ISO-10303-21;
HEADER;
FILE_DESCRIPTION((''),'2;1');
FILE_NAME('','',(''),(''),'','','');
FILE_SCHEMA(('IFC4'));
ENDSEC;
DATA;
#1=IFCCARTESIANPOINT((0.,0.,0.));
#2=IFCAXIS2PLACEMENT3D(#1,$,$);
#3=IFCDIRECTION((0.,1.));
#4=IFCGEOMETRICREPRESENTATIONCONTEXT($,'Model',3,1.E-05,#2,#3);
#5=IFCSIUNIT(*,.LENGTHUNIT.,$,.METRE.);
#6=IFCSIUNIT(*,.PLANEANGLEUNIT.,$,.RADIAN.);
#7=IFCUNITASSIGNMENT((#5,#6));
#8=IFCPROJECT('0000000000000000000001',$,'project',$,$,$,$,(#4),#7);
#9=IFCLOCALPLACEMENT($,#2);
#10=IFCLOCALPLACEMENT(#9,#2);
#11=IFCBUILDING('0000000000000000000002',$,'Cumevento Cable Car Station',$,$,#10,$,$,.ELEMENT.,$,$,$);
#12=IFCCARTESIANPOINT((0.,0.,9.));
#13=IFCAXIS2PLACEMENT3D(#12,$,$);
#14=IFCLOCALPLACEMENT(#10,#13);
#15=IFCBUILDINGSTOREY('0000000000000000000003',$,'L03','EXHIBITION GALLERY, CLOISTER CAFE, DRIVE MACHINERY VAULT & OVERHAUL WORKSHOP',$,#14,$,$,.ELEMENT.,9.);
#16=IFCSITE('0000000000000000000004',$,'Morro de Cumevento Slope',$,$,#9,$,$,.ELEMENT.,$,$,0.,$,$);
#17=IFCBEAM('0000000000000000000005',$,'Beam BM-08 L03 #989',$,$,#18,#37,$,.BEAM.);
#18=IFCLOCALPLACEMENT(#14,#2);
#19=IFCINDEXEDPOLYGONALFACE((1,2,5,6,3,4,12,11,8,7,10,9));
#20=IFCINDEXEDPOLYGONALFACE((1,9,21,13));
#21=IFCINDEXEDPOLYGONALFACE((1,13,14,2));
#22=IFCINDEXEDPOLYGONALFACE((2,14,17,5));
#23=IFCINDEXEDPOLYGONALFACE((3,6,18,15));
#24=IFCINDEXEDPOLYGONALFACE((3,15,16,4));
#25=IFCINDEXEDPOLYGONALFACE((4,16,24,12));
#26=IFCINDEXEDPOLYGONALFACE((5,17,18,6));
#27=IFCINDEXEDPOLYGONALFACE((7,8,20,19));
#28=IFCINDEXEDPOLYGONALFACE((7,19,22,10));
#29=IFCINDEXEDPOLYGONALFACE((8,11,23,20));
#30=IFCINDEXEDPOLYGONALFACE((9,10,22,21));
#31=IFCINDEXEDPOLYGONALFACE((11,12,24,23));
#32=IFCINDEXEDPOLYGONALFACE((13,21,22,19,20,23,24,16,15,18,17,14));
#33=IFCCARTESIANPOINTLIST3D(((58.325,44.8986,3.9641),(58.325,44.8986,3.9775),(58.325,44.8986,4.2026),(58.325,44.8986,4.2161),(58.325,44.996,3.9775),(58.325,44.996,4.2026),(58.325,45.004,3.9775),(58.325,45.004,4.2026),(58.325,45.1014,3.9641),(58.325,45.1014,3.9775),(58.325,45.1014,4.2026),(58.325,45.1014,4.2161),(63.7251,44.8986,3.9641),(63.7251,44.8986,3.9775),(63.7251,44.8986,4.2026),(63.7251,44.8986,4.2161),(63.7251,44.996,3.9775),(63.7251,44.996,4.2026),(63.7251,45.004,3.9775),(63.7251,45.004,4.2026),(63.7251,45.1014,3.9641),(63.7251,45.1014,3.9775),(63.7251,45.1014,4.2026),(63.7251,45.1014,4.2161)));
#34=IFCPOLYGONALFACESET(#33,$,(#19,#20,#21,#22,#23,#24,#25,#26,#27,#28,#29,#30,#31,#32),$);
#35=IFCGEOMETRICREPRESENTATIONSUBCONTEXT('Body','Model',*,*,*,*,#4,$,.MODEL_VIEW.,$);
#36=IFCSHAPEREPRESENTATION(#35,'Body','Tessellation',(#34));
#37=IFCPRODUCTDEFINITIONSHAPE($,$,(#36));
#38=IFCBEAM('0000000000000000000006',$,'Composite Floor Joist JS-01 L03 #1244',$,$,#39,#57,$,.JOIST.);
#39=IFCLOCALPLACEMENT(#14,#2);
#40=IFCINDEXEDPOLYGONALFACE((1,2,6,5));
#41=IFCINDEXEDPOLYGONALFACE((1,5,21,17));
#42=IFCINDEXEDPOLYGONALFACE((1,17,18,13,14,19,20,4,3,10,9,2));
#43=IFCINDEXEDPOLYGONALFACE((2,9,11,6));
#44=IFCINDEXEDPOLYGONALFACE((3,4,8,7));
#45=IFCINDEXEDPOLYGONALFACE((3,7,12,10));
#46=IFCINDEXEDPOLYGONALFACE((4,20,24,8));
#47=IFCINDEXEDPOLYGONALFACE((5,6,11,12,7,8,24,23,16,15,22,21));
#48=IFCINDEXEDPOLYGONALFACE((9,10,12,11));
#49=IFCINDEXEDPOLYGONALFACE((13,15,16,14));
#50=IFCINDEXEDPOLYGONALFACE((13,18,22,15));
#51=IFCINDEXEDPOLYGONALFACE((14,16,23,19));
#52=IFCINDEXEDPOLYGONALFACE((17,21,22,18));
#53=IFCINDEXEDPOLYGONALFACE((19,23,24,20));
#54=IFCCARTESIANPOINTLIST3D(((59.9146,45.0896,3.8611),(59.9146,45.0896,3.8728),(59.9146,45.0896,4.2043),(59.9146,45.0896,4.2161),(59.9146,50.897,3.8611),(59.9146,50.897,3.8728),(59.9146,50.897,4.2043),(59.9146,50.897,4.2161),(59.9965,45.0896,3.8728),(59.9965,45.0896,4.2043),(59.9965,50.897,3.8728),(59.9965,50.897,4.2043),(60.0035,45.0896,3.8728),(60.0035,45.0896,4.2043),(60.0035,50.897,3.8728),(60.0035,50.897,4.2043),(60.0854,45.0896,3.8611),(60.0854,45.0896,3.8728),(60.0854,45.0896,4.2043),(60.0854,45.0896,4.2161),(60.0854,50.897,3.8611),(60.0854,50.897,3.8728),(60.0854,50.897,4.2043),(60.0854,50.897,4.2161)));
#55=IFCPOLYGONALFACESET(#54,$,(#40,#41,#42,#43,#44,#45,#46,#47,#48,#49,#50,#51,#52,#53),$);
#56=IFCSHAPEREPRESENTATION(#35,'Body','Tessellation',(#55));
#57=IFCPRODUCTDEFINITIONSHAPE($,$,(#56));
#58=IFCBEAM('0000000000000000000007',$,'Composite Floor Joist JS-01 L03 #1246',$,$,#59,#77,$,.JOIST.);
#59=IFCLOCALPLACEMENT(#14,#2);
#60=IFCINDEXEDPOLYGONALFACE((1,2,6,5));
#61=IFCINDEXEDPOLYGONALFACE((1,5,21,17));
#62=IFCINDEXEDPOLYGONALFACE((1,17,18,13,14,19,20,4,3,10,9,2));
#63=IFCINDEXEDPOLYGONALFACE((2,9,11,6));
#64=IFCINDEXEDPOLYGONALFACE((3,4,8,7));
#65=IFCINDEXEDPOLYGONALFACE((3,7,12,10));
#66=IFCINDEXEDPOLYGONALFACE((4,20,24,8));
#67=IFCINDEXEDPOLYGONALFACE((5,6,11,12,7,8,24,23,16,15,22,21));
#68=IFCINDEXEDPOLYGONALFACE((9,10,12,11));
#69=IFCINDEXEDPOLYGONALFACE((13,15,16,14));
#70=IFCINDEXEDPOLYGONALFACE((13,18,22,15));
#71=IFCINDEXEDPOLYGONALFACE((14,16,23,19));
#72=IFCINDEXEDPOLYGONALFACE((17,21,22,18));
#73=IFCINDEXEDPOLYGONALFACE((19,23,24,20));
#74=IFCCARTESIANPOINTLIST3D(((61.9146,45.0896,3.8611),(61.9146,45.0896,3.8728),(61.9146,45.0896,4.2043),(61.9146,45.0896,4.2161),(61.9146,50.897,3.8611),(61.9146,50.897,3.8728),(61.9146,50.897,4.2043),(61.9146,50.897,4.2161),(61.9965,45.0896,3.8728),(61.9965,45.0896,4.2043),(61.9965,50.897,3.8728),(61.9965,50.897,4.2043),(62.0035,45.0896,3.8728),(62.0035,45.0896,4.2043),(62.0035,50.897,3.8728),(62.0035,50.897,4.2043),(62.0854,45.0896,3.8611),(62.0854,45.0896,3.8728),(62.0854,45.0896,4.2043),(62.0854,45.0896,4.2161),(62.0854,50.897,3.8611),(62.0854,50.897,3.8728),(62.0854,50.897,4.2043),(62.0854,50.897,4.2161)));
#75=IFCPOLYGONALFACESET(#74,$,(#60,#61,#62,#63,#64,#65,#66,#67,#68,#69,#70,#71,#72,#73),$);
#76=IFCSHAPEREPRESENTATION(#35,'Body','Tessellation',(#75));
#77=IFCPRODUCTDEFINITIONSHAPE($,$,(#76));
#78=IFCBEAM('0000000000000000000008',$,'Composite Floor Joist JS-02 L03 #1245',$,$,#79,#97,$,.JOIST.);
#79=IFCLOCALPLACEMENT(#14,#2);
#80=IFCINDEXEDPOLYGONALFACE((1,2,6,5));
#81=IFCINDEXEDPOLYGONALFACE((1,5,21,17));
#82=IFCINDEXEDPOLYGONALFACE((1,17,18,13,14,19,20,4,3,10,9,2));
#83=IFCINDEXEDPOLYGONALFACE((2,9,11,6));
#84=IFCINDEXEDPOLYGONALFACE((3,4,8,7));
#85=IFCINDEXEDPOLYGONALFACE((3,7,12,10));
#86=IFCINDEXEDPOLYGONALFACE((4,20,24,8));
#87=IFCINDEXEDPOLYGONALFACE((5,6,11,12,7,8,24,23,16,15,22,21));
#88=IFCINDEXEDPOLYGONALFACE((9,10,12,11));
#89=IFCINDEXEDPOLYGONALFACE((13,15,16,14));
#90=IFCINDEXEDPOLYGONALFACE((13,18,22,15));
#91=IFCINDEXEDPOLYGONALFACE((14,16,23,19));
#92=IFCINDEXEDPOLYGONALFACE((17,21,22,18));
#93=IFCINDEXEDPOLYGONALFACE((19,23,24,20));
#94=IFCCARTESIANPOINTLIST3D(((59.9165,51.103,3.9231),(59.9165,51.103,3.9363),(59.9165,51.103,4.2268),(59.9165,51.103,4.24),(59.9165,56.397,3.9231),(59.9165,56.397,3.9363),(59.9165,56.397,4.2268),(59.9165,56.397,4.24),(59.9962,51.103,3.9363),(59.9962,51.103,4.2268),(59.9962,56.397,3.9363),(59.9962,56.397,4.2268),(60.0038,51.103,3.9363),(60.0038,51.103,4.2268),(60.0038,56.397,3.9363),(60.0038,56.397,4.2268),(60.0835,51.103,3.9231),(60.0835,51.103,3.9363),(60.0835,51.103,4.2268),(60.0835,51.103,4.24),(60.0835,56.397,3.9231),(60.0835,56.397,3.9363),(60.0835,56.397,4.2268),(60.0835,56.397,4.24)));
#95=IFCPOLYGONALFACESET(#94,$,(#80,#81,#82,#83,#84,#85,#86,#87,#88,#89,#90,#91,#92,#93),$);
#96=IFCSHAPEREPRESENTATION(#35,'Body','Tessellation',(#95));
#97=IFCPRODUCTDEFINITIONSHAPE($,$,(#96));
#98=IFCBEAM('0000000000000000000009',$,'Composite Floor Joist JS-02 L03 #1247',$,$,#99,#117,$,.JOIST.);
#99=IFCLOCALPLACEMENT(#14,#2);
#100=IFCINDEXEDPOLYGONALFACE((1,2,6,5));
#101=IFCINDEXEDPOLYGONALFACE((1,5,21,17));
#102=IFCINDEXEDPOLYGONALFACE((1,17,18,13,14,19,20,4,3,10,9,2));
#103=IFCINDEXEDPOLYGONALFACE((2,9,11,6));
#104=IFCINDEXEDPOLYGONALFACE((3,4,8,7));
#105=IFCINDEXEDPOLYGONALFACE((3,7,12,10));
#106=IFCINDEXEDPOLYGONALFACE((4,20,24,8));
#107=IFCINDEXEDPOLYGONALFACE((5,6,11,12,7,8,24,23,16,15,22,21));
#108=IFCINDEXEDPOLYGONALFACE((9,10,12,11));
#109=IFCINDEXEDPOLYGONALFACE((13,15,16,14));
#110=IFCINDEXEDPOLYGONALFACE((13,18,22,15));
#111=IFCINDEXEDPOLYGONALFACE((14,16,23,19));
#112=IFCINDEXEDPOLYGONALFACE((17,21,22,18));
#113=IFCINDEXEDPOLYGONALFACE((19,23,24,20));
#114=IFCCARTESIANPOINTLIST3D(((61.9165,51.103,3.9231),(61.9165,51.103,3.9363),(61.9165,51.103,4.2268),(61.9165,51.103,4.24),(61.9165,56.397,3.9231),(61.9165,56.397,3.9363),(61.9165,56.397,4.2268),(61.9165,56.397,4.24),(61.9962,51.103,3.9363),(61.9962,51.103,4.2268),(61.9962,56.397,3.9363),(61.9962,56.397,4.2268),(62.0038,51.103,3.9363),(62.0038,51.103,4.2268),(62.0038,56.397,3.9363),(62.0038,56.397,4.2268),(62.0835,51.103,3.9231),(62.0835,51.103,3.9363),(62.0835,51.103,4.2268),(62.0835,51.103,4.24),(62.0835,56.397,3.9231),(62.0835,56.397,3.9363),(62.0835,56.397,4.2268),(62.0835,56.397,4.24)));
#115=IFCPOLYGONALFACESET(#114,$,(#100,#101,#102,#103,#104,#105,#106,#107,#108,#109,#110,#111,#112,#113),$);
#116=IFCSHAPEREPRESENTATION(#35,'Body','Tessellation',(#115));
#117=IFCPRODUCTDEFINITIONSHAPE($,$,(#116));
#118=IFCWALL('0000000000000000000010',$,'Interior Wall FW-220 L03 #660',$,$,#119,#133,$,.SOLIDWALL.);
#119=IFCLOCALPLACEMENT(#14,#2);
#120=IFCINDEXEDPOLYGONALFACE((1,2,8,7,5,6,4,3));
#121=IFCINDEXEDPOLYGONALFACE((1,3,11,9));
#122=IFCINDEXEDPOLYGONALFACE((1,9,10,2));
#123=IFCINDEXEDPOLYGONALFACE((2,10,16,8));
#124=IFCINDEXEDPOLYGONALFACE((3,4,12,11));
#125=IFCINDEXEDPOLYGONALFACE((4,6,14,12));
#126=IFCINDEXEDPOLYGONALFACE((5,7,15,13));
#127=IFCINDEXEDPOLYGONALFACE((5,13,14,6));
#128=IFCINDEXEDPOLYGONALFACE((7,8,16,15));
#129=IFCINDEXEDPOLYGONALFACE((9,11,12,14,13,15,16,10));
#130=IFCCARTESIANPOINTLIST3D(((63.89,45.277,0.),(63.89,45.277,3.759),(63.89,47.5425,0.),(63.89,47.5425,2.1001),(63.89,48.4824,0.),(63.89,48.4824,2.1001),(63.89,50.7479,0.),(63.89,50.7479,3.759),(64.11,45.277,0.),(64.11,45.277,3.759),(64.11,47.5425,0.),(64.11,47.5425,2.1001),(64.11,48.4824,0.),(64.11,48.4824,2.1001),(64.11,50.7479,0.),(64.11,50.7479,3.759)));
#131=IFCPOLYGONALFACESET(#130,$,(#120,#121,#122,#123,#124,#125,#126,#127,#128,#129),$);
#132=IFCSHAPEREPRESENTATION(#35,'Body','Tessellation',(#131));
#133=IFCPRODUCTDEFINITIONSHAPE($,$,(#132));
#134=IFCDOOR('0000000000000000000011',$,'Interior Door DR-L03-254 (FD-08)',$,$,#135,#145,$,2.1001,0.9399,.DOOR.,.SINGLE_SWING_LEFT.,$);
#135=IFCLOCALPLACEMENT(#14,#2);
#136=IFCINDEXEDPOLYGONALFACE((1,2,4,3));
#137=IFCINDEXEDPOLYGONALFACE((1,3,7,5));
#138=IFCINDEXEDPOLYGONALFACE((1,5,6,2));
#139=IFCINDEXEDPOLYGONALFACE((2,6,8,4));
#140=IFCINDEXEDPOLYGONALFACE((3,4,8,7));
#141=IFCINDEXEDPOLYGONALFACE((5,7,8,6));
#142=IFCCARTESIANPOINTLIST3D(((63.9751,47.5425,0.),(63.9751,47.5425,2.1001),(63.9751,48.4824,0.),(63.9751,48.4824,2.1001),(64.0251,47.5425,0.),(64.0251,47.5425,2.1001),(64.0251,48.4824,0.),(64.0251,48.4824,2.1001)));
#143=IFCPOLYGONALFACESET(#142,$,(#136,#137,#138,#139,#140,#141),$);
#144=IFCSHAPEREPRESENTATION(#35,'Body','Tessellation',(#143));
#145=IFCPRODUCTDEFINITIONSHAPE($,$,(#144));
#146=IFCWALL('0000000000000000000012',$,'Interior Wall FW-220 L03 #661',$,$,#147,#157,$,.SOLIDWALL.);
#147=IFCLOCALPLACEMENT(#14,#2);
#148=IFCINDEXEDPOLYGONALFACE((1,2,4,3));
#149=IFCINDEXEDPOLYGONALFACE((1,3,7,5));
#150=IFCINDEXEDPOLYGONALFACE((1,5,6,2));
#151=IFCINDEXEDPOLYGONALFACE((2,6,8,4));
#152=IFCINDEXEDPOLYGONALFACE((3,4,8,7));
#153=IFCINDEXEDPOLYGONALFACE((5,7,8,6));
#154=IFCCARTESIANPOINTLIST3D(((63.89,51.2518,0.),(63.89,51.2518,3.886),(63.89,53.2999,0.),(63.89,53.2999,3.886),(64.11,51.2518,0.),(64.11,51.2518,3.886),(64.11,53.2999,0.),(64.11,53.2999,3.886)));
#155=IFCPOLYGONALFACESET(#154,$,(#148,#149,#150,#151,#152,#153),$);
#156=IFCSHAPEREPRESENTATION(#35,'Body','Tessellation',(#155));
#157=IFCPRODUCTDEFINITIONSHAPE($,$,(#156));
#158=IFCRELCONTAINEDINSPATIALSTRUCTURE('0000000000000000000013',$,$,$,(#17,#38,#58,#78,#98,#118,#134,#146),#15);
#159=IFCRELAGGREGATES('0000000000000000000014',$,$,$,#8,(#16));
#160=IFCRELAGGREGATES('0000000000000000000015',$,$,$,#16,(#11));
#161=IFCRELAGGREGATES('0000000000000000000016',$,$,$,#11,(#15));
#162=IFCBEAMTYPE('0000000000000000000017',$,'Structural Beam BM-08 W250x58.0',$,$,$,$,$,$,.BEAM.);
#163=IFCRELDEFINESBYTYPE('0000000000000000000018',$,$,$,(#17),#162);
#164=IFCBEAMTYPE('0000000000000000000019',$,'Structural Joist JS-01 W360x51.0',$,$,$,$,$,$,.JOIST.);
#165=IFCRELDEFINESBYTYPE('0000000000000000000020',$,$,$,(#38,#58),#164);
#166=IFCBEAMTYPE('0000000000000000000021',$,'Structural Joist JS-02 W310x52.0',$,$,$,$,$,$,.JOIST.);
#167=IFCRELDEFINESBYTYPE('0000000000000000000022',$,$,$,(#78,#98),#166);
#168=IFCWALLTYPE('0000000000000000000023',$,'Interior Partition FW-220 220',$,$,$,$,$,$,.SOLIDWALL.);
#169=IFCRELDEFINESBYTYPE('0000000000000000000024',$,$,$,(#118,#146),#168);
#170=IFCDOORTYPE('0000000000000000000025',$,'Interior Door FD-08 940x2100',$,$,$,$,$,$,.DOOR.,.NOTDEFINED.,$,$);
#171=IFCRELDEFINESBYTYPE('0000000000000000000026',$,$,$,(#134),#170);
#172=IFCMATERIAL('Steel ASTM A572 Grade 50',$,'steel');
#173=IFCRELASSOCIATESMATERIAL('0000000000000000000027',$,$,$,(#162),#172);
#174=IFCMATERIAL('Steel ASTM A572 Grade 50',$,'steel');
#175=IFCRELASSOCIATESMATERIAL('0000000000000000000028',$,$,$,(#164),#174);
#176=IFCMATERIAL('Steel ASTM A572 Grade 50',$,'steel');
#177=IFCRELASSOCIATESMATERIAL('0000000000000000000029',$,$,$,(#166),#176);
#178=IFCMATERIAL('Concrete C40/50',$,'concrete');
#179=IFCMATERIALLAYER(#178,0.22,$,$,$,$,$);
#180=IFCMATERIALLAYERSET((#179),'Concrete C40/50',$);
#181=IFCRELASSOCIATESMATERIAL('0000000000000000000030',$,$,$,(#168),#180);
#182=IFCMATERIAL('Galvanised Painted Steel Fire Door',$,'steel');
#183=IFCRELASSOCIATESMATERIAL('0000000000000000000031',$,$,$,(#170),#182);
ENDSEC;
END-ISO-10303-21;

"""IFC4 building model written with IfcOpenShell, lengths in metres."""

from ifc_helpers import new_model, si_unit, direction, frame, frame_2d, origin, origin_2d, place, context, subcontext, project, spatial, rectangle, i_section, extrude, material, layer, layer_set, material_profile, profile_set, type_object, element, fill, save


model = new_model("IFC4")

# Units and contexts
model_context = context("Model", 3, precision=1e-05, world=origin(), true_north=direction((0.0, 1.0)))
body_context = subcontext(model_context, "Body", "Model", "MODEL_VIEW")
ifc_project = project(units=[si_unit("LENGTHUNIT", "METRE"), si_unit("PLANEANGLEUNIT", "RADIAN")], contexts=[model_context])

# Site, building, storey
site_placement = place(None, origin())
site = spatial("IfcSite", under=ifc_project, at=site_placement, Name="Morro de Cumevento Slope", CompositionType="ELEMENT", RefElevation=0.0)
building_placement = place(site_placement, origin())
building = spatial("IfcBuilding", under=site, at=building_placement, Name="Cumevento Cable Car Station", CompositionType="ELEMENT")
storey_placement = place(building_placement, frame((0.0, 0.0, 9.0)))
storey = spatial("IfcBuildingStorey", under=building, at=storey_placement, Name="L03", Description="EXHIBITION GALLERY, CLOISTER CAFE, DRIVE MACHINERY VAULT & OVERHAUL WORKSHOP", CompositionType="ELEMENT", Elevation=9.0)

# Beams
ifc_material_1 = material(Name="Steel ASTM A572 Grade 50", Category="steel")
ifc_material_profile_1 = material_profile(ifc_material_1, i_section(OverallWidth=0.2029, OverallDepth=0.252, WebThickness=0.0081, FlangeThickness=0.0134, at=origin_2d()), Name="W250x58.0")
ifc_profile_set_1 = profile_set([ifc_material_profile_1], Name="Steel ASTM A572 Grade 50")
beam_type_1 = type_object("IfcBeamType", Name="Structural Beam BM-08 W250x58.0", PredefinedType="BEAM", material=ifc_profile_set_1)
beam_1_placement = place(storey_placement, frame((58.325, 45.0, 4.0901), z_axis=(1.0, 0.0, 0.0), x_axis=(0.0, 1.0, 0.0)))
element("IfcBeam", 1, at=beam_1_placement, inside=storey, type_object=beam_type_1, Name="Beam BM-08 L03 #989", PredefinedType="BEAM", context=body_context, shape_type="SweptSolid", body=[
    extrude(i_section(OverallWidth=0.2029, OverallDepth=0.252, WebThickness=0.0081, FlangeThickness=0.0134, at=origin_2d()), origin(), (0.0, 0.0, 1.0), 5.4001),
])
ifc_material_2 = material(Name="Steel ASTM A572 Grade 50", Category="steel")
ifc_material_profile_2 = material_profile(ifc_material_2, i_section(OverallWidth=0.1709, OverallDepth=0.355, WebThickness=0.0071, FlangeThickness=0.0117, at=origin_2d()), Name="W360x51.0")
ifc_profile_set_2 = profile_set([ifc_material_profile_2], Name="Steel ASTM A572 Grade 50")
beam_type_2 = type_object("IfcBeamType", Name="Structural Joist JS-01 W360x51.0", PredefinedType="JOIST", material=ifc_profile_set_2)
for number, where, z_axis, x_axis, name in (
    (2, (60.0, 45.0896, 4.0386), (0.0, 1.0, 0.0), (-1.0, 0.0, 0.0), "Composite Floor Joist JS-01 L03 #1244"),
    (3, (62.0, 45.0896, 4.0386), (0.0, 1.0, 0.0), (-1.0, 0.0, 0.0), "Composite Floor Joist JS-01 L03 #1246"),
):
    element("IfcBeam", number, at=place(storey_placement, frame(where, z_axis=z_axis, x_axis=x_axis)), inside=storey, type_object=beam_type_2, Name=name, PredefinedType="JOIST", context=body_context, shape_type="SweptSolid", body=[
        extrude(i_section(OverallWidth=0.1709, OverallDepth=0.355, WebThickness=0.0071, FlangeThickness=0.0117, at=origin_2d()), origin(), (0.0, 0.0, 1.0), 5.8074),
    ])
ifc_material_3 = material(Name="Steel ASTM A572 Grade 50", Category="steel")
ifc_material_profile_3 = material_profile(ifc_material_3, i_section(OverallWidth=0.167, OverallDepth=0.3169, WebThickness=0.0076, FlangeThickness=0.0132, at=origin_2d()), Name="W310x52.0")
ifc_profile_set_3 = profile_set([ifc_material_profile_3], Name="Steel ASTM A572 Grade 50")
beam_type_3 = type_object("IfcBeamType", Name="Structural Joist JS-02 W310x52.0", PredefinedType="JOIST", material=ifc_profile_set_3)
for number, where, z_axis, x_axis, name in (
    (4, (60.0, 51.103, 4.0815), (0.0, 1.0, 0.0), (-1.0, 0.0, 0.0), "Composite Floor Joist JS-02 L03 #1245"),
    (5, (62.0, 51.103, 4.0815), (0.0, 1.0, 0.0), (-1.0, 0.0, 0.0), "Composite Floor Joist JS-02 L03 #1247"),
):
    element("IfcBeam", number, at=place(storey_placement, frame(where, z_axis=z_axis, x_axis=x_axis)), inside=storey, type_object=beam_type_3, Name=name, PredefinedType="JOIST", context=body_context, shape_type="SweptSolid", body=[
        extrude(i_section(OverallWidth=0.167, OverallDepth=0.3169, WebThickness=0.0076, FlangeThickness=0.0132, at=origin_2d()), origin(), (0.0, 0.0, 1.0), 5.2939),
    ])

# Wall, opening, door
ifc_material_4 = material(Name="Concrete C40/50", Category="concrete")
ifc_layer_1 = layer(ifc_material_4, 0.22)
ifc_layer_set_1 = layer_set([ifc_layer_1], Name="Concrete C40/50")
wall_type_1 = type_object("IfcWallType", Name="Interior Partition FW-220 220", PredefinedType="SOLIDWALL", material=ifc_layer_set_1)
wall_1_placement = place(storey_placement, frame((64.0, 45.2771, 0.0), z_axis=(0.0, 0.0, 1.0), x_axis=(0.0, 1.0, 0.0)))
wall_1 = element("IfcWall", 6, at=wall_1_placement, inside=storey, type_object=wall_type_1, Name="Interior Wall FW-220 L03 #660", PredefinedType="SOLIDWALL", context=body_context, shape_type="SweptSolid", body=[
    extrude(rectangle(XDim=5.4709, YDim=0.22, at=frame_2d((2.7354, 0.0))), origin(), (0.0, 0.0, 1.0), 3.759),
])
opening_1_placement = place(wall_1_placement, frame((2.2654, 0.0, 0.0)))
opening_1 = element("IfcOpeningElement", 7, at=opening_1_placement, cuts=wall_1, PredefinedType="OPENING", context=body_context, shape_type="SweptSolid", body=[
    extrude(rectangle(XDim=0.9399, YDim=2.1001, at=frame_2d((0.47, 1.05))), frame((0.0, 0.1199, 0.0), z_axis=(0.0, -1.0, 0.0), x_axis=(1.0, 0.0, 0.0)), (0.0, 0.0, 1.0), 0.24),
])
ifc_material_5 = material(Name="Galvanised Painted Steel Fire Door", Category="steel")
door_type_1 = type_object("IfcDoorType", Name="Interior Door FD-08 940x2100", OperationType="NOTDEFINED", PredefinedType="DOOR", material=ifc_material_5)
door_1_placement = place(opening_1_placement, origin())
door_1 = element("IfcDoor", 8, at=door_1_placement, inside=storey, type_object=door_type_1, Name="Interior Door DR-L03-254 (FD-08)", OperationType="SINGLE_SWING_LEFT", OverallHeight=2.1001, OverallWidth=0.9399, PredefinedType="DOOR", context=body_context, shape_type="SweptSolid", body=[
    extrude(rectangle(XDim=0.9399, YDim=2.1001, at=frame_2d((0.47, 1.05))), frame((0.0, 0.0249, 0.0), z_axis=(0.0, -1.0, 0.0), x_axis=(1.0, 0.0, 0.0)), (0.0, 0.0, 1.0), 0.05),
])
fill(opening_1, door_1)

# Wall
wall_2_placement = place(storey_placement, frame((64.0, 51.252, 0.0), z_axis=(0.0, 0.0, 1.0), x_axis=(0.0, 1.0, 0.0)))
element("IfcWall", 9, at=wall_2_placement, inside=storey, type_object=wall_type_1, Name="Interior Wall FW-220 L03 #661", PredefinedType="SOLIDWALL", context=body_context, shape_type="SweptSolid", body=[
    extrude(rectangle(XDim=2.0481, YDim=0.22, at=frame_2d((1.0239, 0.0))), origin(), (0.0, 0.0, 1.0), 3.886),
])

save(model, "model.ifc")
